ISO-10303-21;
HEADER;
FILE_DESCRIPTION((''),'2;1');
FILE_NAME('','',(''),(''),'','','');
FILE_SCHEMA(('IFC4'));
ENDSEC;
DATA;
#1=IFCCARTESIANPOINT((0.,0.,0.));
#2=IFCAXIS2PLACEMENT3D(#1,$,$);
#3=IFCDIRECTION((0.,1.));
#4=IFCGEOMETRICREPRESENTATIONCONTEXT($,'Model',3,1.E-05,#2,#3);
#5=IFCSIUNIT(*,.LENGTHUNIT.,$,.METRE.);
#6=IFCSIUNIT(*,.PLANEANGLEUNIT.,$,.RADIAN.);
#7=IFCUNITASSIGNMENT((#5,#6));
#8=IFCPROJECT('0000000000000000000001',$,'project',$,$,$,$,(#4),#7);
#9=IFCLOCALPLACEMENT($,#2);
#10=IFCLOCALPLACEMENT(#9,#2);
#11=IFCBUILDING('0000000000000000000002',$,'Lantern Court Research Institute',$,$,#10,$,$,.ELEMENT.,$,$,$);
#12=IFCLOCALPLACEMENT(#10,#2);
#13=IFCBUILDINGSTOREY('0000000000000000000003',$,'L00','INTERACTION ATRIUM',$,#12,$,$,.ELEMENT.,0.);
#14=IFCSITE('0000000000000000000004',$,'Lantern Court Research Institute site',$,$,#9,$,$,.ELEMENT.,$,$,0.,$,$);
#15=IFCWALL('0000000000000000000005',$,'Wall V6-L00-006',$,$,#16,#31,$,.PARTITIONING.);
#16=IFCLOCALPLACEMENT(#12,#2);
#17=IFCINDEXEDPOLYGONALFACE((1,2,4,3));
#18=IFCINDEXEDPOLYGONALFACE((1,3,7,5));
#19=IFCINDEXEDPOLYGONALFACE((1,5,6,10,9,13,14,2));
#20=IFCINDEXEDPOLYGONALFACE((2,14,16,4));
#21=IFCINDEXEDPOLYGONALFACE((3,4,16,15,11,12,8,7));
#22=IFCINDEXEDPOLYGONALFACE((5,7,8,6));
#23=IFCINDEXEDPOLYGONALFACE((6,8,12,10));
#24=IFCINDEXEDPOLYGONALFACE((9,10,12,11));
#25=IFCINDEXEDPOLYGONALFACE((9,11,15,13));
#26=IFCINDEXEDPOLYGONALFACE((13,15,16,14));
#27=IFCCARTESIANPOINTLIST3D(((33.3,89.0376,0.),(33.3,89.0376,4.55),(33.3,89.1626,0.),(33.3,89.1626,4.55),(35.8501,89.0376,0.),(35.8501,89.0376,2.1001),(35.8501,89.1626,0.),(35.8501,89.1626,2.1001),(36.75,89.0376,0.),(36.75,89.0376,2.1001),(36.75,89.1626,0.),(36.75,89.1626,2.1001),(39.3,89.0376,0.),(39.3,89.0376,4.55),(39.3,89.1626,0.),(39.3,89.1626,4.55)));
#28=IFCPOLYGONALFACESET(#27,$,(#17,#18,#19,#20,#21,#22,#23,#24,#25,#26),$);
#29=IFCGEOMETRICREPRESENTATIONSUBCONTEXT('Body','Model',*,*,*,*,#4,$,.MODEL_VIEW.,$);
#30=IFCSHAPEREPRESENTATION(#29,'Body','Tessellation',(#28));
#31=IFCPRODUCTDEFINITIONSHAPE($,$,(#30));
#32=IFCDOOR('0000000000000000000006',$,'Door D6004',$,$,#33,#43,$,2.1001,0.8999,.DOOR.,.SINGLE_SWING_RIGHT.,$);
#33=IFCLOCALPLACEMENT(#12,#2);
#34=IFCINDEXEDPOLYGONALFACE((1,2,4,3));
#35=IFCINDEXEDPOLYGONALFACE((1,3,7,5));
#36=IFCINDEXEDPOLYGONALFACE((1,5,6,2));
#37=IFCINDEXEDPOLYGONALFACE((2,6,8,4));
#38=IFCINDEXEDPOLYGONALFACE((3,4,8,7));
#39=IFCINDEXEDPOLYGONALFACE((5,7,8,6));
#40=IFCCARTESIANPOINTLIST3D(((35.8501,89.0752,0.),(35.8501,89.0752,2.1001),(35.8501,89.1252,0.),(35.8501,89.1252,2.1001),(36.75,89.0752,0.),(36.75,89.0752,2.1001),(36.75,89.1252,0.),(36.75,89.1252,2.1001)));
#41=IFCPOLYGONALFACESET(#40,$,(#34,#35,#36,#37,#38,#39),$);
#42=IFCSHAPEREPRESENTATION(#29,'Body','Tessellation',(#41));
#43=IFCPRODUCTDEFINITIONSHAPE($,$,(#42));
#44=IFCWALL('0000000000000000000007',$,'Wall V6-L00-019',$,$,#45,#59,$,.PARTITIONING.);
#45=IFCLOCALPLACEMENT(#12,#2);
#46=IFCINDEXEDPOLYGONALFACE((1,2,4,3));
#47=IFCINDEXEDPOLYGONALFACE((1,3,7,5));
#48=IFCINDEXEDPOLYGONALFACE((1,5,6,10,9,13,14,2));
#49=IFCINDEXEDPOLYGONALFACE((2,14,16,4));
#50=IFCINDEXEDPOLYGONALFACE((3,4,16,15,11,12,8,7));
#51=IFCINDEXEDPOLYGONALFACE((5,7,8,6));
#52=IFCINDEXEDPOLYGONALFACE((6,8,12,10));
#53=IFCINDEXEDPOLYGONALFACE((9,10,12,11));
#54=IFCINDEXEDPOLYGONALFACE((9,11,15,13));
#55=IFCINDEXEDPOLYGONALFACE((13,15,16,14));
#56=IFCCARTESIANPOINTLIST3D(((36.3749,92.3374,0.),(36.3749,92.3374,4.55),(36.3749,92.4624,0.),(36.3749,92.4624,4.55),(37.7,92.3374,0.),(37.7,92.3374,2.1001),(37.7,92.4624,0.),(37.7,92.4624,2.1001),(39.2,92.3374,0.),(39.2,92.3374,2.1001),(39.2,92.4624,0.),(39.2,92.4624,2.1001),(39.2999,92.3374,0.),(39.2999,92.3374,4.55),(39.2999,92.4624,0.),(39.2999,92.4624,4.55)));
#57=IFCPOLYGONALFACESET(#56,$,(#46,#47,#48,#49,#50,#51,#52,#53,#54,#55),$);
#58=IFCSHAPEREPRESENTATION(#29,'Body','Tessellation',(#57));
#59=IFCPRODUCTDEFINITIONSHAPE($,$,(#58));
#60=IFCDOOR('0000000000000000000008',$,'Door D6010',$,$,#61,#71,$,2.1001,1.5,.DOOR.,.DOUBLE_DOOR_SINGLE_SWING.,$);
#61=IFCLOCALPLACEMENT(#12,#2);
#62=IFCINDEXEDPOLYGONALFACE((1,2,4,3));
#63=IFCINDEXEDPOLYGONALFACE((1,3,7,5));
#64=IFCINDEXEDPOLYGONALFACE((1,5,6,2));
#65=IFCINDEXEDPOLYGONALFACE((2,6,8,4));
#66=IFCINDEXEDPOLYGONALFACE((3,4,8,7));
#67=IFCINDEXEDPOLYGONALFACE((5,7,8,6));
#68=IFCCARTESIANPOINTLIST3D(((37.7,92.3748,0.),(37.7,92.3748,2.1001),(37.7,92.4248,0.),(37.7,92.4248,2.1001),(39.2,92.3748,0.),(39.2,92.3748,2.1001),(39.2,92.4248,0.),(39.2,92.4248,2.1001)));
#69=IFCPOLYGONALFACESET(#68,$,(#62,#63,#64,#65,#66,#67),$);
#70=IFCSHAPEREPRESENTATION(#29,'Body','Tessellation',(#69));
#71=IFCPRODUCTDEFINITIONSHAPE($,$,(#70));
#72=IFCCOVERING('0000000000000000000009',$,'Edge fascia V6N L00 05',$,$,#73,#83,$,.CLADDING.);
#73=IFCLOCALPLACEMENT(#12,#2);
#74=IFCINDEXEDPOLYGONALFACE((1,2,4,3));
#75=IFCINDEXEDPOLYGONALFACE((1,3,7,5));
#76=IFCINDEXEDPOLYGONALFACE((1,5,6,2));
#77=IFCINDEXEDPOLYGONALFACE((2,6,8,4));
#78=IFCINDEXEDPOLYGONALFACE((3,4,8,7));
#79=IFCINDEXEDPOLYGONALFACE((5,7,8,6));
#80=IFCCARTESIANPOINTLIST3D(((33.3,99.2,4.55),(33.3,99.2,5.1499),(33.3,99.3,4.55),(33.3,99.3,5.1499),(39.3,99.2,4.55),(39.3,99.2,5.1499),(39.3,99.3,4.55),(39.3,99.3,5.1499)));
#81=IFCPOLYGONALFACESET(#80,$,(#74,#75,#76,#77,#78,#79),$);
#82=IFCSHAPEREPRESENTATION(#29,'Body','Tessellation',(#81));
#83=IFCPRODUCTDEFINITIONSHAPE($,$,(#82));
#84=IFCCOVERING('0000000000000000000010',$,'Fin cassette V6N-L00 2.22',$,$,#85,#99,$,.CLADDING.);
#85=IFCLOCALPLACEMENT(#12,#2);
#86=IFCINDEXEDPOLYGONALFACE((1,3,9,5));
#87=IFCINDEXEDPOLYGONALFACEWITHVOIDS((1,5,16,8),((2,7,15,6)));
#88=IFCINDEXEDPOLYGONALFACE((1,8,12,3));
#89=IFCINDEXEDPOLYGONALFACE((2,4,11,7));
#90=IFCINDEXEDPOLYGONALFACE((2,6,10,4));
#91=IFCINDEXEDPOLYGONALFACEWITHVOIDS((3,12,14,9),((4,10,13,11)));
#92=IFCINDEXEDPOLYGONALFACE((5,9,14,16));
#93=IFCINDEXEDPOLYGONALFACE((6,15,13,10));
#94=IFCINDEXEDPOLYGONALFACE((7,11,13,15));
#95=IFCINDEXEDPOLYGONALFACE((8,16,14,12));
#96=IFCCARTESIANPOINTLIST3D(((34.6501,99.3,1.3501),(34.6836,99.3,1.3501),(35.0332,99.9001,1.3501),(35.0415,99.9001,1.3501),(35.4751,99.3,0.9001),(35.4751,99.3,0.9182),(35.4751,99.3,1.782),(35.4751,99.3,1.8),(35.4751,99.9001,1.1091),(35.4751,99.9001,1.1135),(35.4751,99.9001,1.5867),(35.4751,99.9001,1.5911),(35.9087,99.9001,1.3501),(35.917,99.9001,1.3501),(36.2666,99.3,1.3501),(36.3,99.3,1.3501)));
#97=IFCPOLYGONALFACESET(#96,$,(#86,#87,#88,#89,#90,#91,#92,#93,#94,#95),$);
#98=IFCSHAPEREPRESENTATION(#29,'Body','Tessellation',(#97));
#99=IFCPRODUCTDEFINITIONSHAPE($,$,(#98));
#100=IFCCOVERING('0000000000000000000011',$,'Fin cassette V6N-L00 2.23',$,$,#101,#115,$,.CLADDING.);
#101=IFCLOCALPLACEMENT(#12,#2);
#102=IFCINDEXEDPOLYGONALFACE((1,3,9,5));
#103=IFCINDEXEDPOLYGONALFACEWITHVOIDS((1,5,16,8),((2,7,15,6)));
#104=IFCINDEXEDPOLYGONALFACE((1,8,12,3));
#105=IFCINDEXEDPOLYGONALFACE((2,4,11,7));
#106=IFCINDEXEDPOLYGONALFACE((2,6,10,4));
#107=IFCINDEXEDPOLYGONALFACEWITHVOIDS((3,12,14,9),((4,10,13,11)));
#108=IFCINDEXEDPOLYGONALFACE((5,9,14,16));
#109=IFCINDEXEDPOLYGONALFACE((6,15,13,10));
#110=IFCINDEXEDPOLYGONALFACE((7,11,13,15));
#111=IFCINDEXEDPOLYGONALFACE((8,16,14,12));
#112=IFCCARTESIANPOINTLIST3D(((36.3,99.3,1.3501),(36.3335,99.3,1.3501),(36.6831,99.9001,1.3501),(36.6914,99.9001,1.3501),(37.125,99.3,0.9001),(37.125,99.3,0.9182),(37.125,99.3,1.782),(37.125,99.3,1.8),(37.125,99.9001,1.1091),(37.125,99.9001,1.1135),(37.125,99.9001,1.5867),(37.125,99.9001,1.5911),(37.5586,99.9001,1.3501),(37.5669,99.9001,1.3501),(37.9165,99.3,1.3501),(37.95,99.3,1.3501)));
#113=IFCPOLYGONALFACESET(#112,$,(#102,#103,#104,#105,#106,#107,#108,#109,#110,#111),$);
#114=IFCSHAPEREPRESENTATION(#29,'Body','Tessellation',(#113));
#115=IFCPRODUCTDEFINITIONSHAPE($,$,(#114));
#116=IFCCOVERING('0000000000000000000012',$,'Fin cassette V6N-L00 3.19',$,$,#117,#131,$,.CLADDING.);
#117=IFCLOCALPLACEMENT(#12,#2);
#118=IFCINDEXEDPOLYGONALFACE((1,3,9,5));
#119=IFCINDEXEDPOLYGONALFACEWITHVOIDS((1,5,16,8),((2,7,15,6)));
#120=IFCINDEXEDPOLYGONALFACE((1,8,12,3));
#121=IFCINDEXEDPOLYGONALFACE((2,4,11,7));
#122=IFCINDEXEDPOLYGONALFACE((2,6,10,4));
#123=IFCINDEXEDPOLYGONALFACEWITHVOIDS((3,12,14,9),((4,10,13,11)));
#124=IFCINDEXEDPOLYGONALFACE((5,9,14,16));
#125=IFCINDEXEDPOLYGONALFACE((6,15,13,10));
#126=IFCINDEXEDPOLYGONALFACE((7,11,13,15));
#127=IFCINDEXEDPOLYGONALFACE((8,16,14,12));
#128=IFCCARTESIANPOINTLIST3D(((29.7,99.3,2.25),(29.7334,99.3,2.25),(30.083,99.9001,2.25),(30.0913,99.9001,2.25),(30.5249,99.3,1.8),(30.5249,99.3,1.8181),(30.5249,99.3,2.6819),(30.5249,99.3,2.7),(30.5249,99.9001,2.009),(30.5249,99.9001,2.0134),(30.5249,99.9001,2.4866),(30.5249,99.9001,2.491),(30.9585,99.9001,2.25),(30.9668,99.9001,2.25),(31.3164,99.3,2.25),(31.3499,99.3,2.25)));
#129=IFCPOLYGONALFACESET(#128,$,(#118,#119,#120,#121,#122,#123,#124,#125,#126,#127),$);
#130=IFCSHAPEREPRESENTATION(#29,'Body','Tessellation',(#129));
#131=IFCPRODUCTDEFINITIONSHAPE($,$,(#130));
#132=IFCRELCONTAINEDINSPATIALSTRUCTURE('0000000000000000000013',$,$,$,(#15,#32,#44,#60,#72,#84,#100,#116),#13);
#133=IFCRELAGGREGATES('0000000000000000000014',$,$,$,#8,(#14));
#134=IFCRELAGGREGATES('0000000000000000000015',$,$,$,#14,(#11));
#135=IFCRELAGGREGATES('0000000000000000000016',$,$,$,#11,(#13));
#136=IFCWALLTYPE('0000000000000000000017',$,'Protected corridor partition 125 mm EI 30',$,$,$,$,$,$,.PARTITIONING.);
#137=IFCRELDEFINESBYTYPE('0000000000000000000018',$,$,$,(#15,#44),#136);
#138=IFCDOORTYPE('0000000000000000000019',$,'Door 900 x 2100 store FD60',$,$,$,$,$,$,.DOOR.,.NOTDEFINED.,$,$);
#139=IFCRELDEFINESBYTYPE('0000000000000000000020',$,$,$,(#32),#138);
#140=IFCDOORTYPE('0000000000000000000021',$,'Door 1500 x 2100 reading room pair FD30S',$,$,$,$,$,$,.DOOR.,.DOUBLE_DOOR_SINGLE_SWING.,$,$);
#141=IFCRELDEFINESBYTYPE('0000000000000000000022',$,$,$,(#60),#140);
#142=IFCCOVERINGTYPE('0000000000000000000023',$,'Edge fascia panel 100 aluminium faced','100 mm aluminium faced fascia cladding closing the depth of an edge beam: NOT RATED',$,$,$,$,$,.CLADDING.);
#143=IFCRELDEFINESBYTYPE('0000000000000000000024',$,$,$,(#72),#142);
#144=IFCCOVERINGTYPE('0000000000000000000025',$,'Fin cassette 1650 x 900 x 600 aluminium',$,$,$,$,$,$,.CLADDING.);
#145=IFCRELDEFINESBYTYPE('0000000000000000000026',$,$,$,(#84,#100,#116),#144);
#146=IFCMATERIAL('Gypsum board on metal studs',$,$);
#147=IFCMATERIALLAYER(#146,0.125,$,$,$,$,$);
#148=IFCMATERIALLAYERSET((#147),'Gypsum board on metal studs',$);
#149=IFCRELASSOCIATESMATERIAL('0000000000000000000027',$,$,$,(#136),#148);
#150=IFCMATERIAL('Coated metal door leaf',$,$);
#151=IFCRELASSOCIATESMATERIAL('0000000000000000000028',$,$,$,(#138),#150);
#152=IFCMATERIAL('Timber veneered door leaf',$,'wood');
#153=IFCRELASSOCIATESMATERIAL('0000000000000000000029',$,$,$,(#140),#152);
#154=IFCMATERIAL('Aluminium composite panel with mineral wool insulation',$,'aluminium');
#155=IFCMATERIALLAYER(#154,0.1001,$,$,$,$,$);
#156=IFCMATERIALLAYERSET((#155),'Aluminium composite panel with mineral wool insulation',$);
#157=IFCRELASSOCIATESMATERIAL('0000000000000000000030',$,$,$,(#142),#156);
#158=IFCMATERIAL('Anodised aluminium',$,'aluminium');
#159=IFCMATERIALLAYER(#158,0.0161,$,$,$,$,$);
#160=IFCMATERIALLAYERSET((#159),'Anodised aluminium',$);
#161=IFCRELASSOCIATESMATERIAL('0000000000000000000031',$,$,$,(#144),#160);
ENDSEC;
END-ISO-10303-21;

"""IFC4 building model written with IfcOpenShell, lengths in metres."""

from ifc_helpers import new_model, entity, si_unit, direction, frame, frame_2d, origin, place, context, subcontext, project, spatial, rectangle, extrude, material, layer, layer_set, type_object, element, fill, save


model = new_model("IFC4")

# Units and contexts
model_context = context("Model", 3, precision=1e-05, world=origin(), true_north=direction((0.0, 1.0)))
body_context = subcontext(model_context, "Body", "Model", "MODEL_VIEW")
ifc_project = project(units=[si_unit("LENGTHUNIT", "METRE"), si_unit("PLANEANGLEUNIT", "RADIAN")], contexts=[model_context])

# Site, building, storey
site_placement = place(None, origin())
site = spatial("IfcSite", under=ifc_project, at=site_placement, Name="Lantern Court Research Institute site", CompositionType="ELEMENT", RefElevation=0.0)
building_placement = place(site_placement, origin())
building = spatial("IfcBuilding", under=site, at=building_placement, Name="Lantern Court Research Institute", CompositionType="ELEMENT")
storey_placement = place(building_placement, origin())
storey = spatial("IfcBuildingStorey", under=building, at=storey_placement, Name="L00", Description="INTERACTION ATRIUM", CompositionType="ELEMENT", Elevation=0.0)

# Walls, openings, doors
ifc_material_1 = material(Name="Gypsum board on metal studs")
ifc_layer_1 = layer(ifc_material_1, 0.125)
ifc_layer_set_1 = layer_set([ifc_layer_1], Name="Gypsum board on metal studs")
wall_type_1 = type_object("IfcWallType", Name="Protected corridor partition 125 mm EI 30", PredefinedType="PARTITIONING", material=ifc_layer_set_1)
wall_1_placement = place(storey_placement, frame((39.3, 89.1001, 0.0), z_axis=(0.0, 0.0, 1.0), x_axis=(-1.0, 0.0, 0.0)))
wall_1 = element("IfcWall", 1, at=wall_1_placement, inside=storey, type_object=wall_type_1, Name="Wall V6-L00-006", PredefinedType="PARTITIONING", context=body_context, shape_type="SweptSolid", body=[
    extrude(rectangle(XDim=6.0, YDim=0.125, at=frame_2d((3.0, 0.0))), origin(), (0.0, 0.0, 1.0), 4.55),
])
opening_1_placement = place(wall_1_placement, frame((2.55, 0.0, 0.0)))
opening_1 = element("IfcOpeningElement", 2, at=opening_1_placement, cuts=wall_1, PredefinedType="OPENING", context=body_context, shape_type="SweptSolid", body=[
    extrude(rectangle(XDim=0.8999, YDim=2.1001, at=frame_2d((0.45, 1.05))), frame((0.0, 0.0725, 0.0), z_axis=(0.0, -1.0, 0.0), x_axis=(1.0, 0.0, 0.0)), (0.0, 0.0, 1.0), 0.145),
])
ifc_material_2 = material(Name="Coated metal door leaf")
door_type_1 = type_object("IfcDoorType", Name="Door 900 x 2100 store FD60", OperationType="NOTDEFINED", PredefinedType="DOOR", material=ifc_material_2)
door_1_placement = place(opening_1_placement, origin())
door_1 = element("IfcDoor", 3, at=door_1_placement, inside=storey, type_object=door_type_1, Name="Door D6004", OperationType="SINGLE_SWING_RIGHT", OverallHeight=2.1001, OverallWidth=0.8999, PredefinedType="DOOR", context=body_context, shape_type="SweptSolid", body=[
    extrude(rectangle(XDim=0.8999, YDim=2.1001, at=frame_2d((0.45, 1.05))), frame((0.0, 0.0249, 0.0), z_axis=(0.0, -1.0, 0.0), x_axis=(1.0, 0.0, 0.0)), (0.0, 0.0, 1.0), 0.05),
])
fill(opening_1, door_1)
wall_2_placement = place(storey_placement, frame((36.375, 92.3999, 0.0), z_axis=(0.0, 0.0, 1.0), x_axis=(1.0, 0.0, 0.0)))
wall_2 = element("IfcWall", 4, at=wall_2_placement, inside=storey, type_object=wall_type_1, Name="Wall V6-L00-019", PredefinedType="PARTITIONING", context=body_context, shape_type="SweptSolid", body=[
    extrude(rectangle(XDim=2.925, YDim=0.125, at=frame_2d((1.4624, 0.0))), origin(), (0.0, 0.0, 1.0), 4.55),
])
opening_2_placement = place(wall_2_placement, frame((1.325, 0.0, 0.0)))
opening_2 = element("IfcOpeningElement", 5, at=opening_2_placement, cuts=wall_2, PredefinedType="OPENING", context=body_context, shape_type="SweptSolid", body=[
    extrude(rectangle(XDim=1.5, YDim=2.1001, at=frame_2d((0.75, 1.05))), frame((0.0, 0.0725, 0.0), z_axis=(0.0, -1.0, 0.0), x_axis=(1.0, 0.0, 0.0)), (0.0, 0.0, 1.0), 0.145),
])
ifc_material_3 = material(Name="Timber veneered door leaf", Category="wood")
door_type_2 = type_object("IfcDoorType", Name="Door 1500 x 2100 reading room pair FD30S", OperationType="DOUBLE_DOOR_SINGLE_SWING", PredefinedType="DOOR", material=ifc_material_3)
door_2_placement = place(opening_2_placement, origin())
door_2 = element("IfcDoor", 6, at=door_2_placement, inside=storey, type_object=door_type_2, Name="Door D6010", OperationType="DOUBLE_DOOR_SINGLE_SWING", OverallHeight=2.1001, OverallWidth=1.5, PredefinedType="DOOR", context=body_context, shape_type="SweptSolid", body=[
    extrude(rectangle(XDim=1.5, YDim=2.1001, at=frame_2d((0.75, 1.05))), frame((0.0, 0.0249, 0.0), z_axis=(0.0, -1.0, 0.0), x_axis=(1.0, 0.0, 0.0)), (0.0, 0.0, 1.0), 0.05),
])
fill(opening_2, door_2)

# Coverings
ifc_material_4 = material(Name="Aluminium composite panel with mineral wool insulation", Category="aluminium")
ifc_layer_2 = layer(ifc_material_4, 0.1001)
ifc_layer_set_2 = layer_set([ifc_layer_2], Name="Aluminium composite panel with mineral wool insulation")
covering_type_1 = type_object("IfcCoveringType", Name="Edge fascia panel 100 aluminium faced", Description="100 mm aluminium faced fascia cladding closing the depth of an edge beam: NOT RATED", PredefinedType="CLADDING", material=ifc_layer_set_2)
covering_1_placement = place(storey_placement, frame((33.3, 99.25, 4.55), z_axis=(0.0, 0.0, 1.0), x_axis=(1.0, 0.0, 0.0)))
element("IfcCovering", 7, at=covering_1_placement, inside=storey, type_object=covering_type_1, Name="Edge fascia V6N L00 05", PredefinedType="CLADDING", context=body_context, shape_type="SweptSolid", body=[
    extrude(rectangle(XDim=6.0, YDim=0.1001, at=frame_2d((3.0, 0.0))), origin(), (0.0, 0.0, 1.0), 0.5999),
])
ifc_material_5 = material(Name="Anodised aluminium", Category="aluminium")
ifc_layer_3 = layer(ifc_material_5, 0.0161)
ifc_layer_set_3 = layer_set([ifc_layer_3], Name="Anodised aluminium")
covering_type_2 = type_object("IfcCoveringType", Name="Fin cassette 1650 x 900 x 600 aluminium", PredefinedType="CLADDING", material=ifc_layer_set_3)
covering_2_placement = place(storey_placement, frame((35.4751, 99.3, 1.3501), z_axis=(0.0, 1.0, 0.0), x_axis=(-1.0, 0.0, 0.0)))
cartesian_point_1 = entity("IfcCartesianPoint", [0.825, 0.0])
cartesian_point_2 = entity("IfcCartesianPoint", [0.7915, 0.0])
cartesian_point_3 = entity("IfcCartesianPoint", [0.4419, 0.0])
cartesian_point_4 = entity("IfcCartesianPoint", [0.4336, 0.0])
element("IfcCovering", 8, at=covering_2_placement, inside=storey, type_object=covering_type_2, Name="Fin cassette V6N-L00 2.22", PredefinedType="CLADDING", context=body_context, shape_type="SweptSolid", body=[
    entity("IfcExtrudedAreaSolidTapered", entity("IfcArbitraryProfileDefWithVoids", "AREA", None, entity("IfcPolyline", [cartesian_point_1, entity("IfcCartesianPoint", [0.0, 0.45]), entity("IfcCartesianPoint", [-0.825, 0.0]), entity("IfcCartesianPoint", [0.0, -0.45]), cartesian_point_1]), [entity("IfcPolyline", [cartesian_point_2, entity("IfcCartesianPoint", [0.0, 0.4319]), entity("IfcCartesianPoint", [-0.7915, 0.0]), entity("IfcCartesianPoint", [0.0, -0.4319]), cartesian_point_2])]), entity("IfcAxis2Placement3D", entity("IfcCartesianPoint", [0.0, 0.0, 0.0])), entity("IfcDirection", [0.0, 0.0, 1.0]), 0.6001, entity("IfcArbitraryProfileDefWithVoids", "AREA", None, entity("IfcPolyline", [cartesian_point_3, entity("IfcCartesianPoint", [0.0, 0.241]), entity("IfcCartesianPoint", [-0.4419, 0.0]), entity("IfcCartesianPoint", [0.0, -0.241]), cartesian_point_3]), [entity("IfcPolyline", [cartesian_point_4, entity("IfcCartesianPoint", [0.0, 0.2366]), entity("IfcCartesianPoint", [-0.4336, 0.0]), entity("IfcCartesianPoint", [0.0, -0.2366]), cartesian_point_4])])),
])
covering_3_placement = place(storey_placement, frame((37.125, 99.3, 1.3501), z_axis=(0.0, 1.0, 0.0), x_axis=(-1.0, 0.0, 0.0)))
cartesian_point_5 = entity("IfcCartesianPoint", [0.825, 0.0])
cartesian_point_6 = entity("IfcCartesianPoint", [0.7915, 0.0])
cartesian_point_7 = entity("IfcCartesianPoint", [0.4419, 0.0])
cartesian_point_8 = entity("IfcCartesianPoint", [0.4336, 0.0])
element("IfcCovering", 9, at=covering_3_placement, inside=storey, type_object=covering_type_2, Name="Fin cassette V6N-L00 2.23", PredefinedType="CLADDING", context=body_context, shape_type="SweptSolid", body=[
    entity("IfcExtrudedAreaSolidTapered", entity("IfcArbitraryProfileDefWithVoids", "AREA", None, entity("IfcPolyline", [cartesian_point_5, entity("IfcCartesianPoint", [0.0, 0.45]), entity("IfcCartesianPoint", [-0.825, 0.0]), entity("IfcCartesianPoint", [0.0, -0.45]), cartesian_point_5]), [entity("IfcPolyline", [cartesian_point_6, entity("IfcCartesianPoint", [0.0, 0.4319]), entity("IfcCartesianPoint", [-0.7915, 0.0]), entity("IfcCartesianPoint", [0.0, -0.4319]), cartesian_point_6])]), entity("IfcAxis2Placement3D", entity("IfcCartesianPoint", [0.0, 0.0, 0.0])), entity("IfcDirection", [0.0, 0.0, 1.0]), 0.6001, entity("IfcArbitraryProfileDefWithVoids", "AREA", None, entity("IfcPolyline", [cartesian_point_7, entity("IfcCartesianPoint", [0.0, 0.241]), entity("IfcCartesianPoint", [-0.4419, 0.0]), entity("IfcCartesianPoint", [0.0, -0.241]), cartesian_point_7]), [entity("IfcPolyline", [cartesian_point_8, entity("IfcCartesianPoint", [0.0, 0.2366]), entity("IfcCartesianPoint", [-0.4336, 0.0]), entity("IfcCartesianPoint", [0.0, -0.2366]), cartesian_point_8])])),
])
covering_4_placement = place(storey_placement, frame((30.5249, 99.3, 2.25), z_axis=(0.0, 1.0, 0.0), x_axis=(-1.0, 0.0, 0.0)))
cartesian_point_9 = entity("IfcCartesianPoint", [0.825, 0.0])
cartesian_point_10 = entity("IfcCartesianPoint", [0.7915, 0.0])
cartesian_point_11 = entity("IfcCartesianPoint", [0.4419, 0.0])
cartesian_point_12 = entity("IfcCartesianPoint", [0.4336, 0.0])
element("IfcCovering", 10, at=covering_4_placement, inside=storey, type_object=covering_type_2, Name="Fin cassette V6N-L00 3.19", PredefinedType="CLADDING", context=body_context, shape_type="SweptSolid", body=[
    entity("IfcExtrudedAreaSolidTapered", entity("IfcArbitraryProfileDefWithVoids", "AREA", None, entity("IfcPolyline", [cartesian_point_9, entity("IfcCartesianPoint", [0.0, 0.45]), entity("IfcCartesianPoint", [-0.825, 0.0]), entity("IfcCartesianPoint", [0.0, -0.45]), cartesian_point_9]), [entity("IfcPolyline", [cartesian_point_10, entity("IfcCartesianPoint", [0.0, 0.4319]), entity("IfcCartesianPoint", [-0.7915, 0.0]), entity("IfcCartesianPoint", [0.0, -0.4319]), cartesian_point_10])]), entity("IfcAxis2Placement3D", entity("IfcCartesianPoint", [0.0, 0.0, 0.0])), entity("IfcDirection", [0.0, 0.0, 1.0]), 0.6001, entity("IfcArbitraryProfileDefWithVoids", "AREA", None, entity("IfcPolyline", [cartesian_point_11, entity("IfcCartesianPoint", [0.0, 0.241]), entity("IfcCartesianPoint", [-0.4419, 0.0]), entity("IfcCartesianPoint", [0.0, -0.241]), cartesian_point_11]), [entity("IfcPolyline", [cartesian_point_12, entity("IfcCartesianPoint", [0.0, 0.2366]), entity("IfcCartesianPoint", [-0.4336, 0.0]), entity("IfcCartesianPoint", [0.0, -0.2366]), cartesian_point_12])])),
])

save(model, "model.ifc")
